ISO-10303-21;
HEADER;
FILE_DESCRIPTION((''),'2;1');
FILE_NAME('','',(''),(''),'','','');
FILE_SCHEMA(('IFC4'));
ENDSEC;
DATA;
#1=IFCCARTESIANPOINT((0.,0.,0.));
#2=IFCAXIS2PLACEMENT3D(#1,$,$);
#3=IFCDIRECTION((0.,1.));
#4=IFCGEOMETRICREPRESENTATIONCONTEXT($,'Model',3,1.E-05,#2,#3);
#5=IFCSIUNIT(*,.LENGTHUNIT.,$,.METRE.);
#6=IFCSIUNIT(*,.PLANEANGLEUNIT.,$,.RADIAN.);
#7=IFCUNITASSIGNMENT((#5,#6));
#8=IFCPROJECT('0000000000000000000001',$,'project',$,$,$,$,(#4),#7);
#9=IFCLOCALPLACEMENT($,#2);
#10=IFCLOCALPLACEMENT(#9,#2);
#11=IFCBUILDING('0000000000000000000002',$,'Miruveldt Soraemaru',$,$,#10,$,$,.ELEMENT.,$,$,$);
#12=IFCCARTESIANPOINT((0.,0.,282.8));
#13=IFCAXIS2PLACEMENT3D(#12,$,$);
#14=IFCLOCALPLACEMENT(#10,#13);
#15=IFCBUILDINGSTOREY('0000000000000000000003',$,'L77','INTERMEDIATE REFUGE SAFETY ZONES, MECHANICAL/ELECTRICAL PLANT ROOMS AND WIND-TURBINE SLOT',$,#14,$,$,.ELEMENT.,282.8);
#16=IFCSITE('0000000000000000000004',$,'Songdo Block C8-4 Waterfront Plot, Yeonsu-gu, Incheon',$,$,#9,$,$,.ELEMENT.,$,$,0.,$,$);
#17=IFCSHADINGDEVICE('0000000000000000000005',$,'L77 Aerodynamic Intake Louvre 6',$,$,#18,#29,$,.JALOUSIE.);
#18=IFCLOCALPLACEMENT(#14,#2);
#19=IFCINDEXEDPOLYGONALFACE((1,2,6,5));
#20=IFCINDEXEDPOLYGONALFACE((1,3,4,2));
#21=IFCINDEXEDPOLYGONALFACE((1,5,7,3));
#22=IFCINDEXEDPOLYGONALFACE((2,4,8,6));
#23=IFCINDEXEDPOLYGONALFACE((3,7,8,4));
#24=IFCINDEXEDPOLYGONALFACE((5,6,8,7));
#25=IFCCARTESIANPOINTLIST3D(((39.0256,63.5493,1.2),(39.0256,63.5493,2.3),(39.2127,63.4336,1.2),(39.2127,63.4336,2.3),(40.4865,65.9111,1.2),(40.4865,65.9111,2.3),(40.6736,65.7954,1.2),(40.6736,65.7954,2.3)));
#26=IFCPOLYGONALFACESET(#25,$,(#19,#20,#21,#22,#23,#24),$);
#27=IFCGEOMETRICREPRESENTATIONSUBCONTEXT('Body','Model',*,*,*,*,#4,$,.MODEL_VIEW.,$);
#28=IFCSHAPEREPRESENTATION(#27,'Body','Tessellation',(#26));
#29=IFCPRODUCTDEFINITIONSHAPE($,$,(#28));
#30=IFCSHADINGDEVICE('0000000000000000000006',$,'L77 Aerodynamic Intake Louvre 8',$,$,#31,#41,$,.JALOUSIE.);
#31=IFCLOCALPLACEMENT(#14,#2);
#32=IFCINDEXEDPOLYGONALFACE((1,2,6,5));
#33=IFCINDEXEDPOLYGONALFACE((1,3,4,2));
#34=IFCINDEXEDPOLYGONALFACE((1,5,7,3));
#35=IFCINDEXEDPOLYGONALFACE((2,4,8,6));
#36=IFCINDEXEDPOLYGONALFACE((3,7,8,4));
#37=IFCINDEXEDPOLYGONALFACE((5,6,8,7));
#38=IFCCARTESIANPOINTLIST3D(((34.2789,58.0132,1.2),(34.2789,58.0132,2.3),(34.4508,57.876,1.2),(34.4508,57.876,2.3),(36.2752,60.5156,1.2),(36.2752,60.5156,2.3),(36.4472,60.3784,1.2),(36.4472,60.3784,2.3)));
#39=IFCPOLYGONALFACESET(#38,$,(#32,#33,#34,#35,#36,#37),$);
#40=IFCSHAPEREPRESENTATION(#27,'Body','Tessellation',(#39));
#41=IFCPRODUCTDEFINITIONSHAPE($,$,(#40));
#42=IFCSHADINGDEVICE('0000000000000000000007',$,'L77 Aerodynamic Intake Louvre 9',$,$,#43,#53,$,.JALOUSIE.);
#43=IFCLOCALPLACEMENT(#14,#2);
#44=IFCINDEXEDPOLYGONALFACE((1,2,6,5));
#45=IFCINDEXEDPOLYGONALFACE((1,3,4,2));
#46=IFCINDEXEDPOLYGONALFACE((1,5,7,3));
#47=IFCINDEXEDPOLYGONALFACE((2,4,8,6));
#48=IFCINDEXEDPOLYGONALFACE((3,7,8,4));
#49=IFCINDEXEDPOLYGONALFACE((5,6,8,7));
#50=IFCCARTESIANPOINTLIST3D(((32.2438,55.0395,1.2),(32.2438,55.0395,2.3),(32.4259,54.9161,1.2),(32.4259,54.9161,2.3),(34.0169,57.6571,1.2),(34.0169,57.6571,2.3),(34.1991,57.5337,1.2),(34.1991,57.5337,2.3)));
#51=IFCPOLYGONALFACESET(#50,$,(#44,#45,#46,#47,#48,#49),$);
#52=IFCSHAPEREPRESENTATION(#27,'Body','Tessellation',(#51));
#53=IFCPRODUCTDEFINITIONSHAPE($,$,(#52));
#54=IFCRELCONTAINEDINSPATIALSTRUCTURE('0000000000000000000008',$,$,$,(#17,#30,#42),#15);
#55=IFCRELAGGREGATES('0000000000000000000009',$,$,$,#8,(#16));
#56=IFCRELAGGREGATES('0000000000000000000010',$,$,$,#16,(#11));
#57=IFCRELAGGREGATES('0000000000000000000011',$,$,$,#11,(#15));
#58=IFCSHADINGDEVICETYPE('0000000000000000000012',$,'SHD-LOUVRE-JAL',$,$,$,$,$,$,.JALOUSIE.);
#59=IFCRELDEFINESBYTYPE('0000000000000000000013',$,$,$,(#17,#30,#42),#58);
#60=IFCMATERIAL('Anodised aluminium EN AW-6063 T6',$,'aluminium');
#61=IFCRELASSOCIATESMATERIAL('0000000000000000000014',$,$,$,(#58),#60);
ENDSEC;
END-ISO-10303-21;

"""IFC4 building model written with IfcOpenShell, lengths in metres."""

from ifc_helpers import new_model, si_unit, direction, frame, origin, origin_2d, place, context, subcontext, project, spatial, rectangle, extrude, material, type_object, element, save


model = new_model("IFC4")

# Units and contexts
model_context = context("Model", 3, precision=1e-05, world=origin(), true_north=direction((0.0, 1.0)))
body_context = subcontext(model_context, "Body", "Model", "MODEL_VIEW")
ifc_project = project(units=[si_unit("LENGTHUNIT", "METRE"), si_unit("PLANEANGLEUNIT", "RADIAN")], contexts=[model_context])

# Site, building, storey
site_placement = place(None, origin())
site = spatial("IfcSite", under=ifc_project, at=site_placement, Name="Songdo Block C8-4 Waterfront Plot, Yeonsu-gu, Incheon", CompositionType="ELEMENT", RefElevation=0.0)
building_placement = place(site_placement, origin())
building = spatial("IfcBuilding", under=site, at=building_placement, Name="Miruveldt Soraemaru", CompositionType="ELEMENT")
storey_placement = place(building_placement, frame((0.0, 0.0, 282.8)))
storey = spatial("IfcBuildingStorey", under=building, at=storey_placement, Name="L77", Description="INTERMEDIATE REFUGE SAFETY ZONES, MECHANICAL/ELECTRICAL PLANT ROOMS AND WIND-TURBINE SLOT", CompositionType="ELEMENT", Elevation=282.8)

# Shared definitions
ifc_material_1 = material(Name="Anodised aluminium EN AW-6063 T6", Category="aluminium")

# Shading devices
shading_device_type = type_object("IfcShadingDeviceType", Name="SHD-LOUVRE-JAL", PredefinedType="JALOUSIE", material=ifc_material_1)
shading_device_1_placement = place(storey_placement, frame((39.8496, 64.6724, 1.2), z_axis=(0.0, 0.0, 1.0), x_axis=(-0.526066, -0.850444, 0.0)))
element("IfcShadingDevice", 1, at=shading_device_1_placement, inside=storey, type_object=shading_device_type, Name="L77 Aerodynamic Intake Louvre 6", PredefinedType="JALOUSIE", context=body_context, shape_type="SweptSolid", body=[
    extrude(rectangle(XDim=2.7771, YDim=0.22, at=origin_2d()), origin(), (0.0, 0.0, 1.0), 1.1001),
])
shading_device_2_placement = place(storey_placement, frame((35.363, 59.1958, 1.2), z_axis=(0.0, 0.0, 1.0), x_axis=(-0.623634, -0.781716, 0.0)))
element("IfcShadingDevice", 2, at=shading_device_2_placement, inside=storey, type_object=shading_device_type, Name="L77 Aerodynamic Intake Louvre 8", PredefinedType="JALOUSIE", context=body_context, shape_type="SweptSolid", body=[
    extrude(rectangle(XDim=3.2012, YDim=0.22, at=origin_2d()), origin(), (0.0, 0.0, 1.0), 1.1001),
])
shading_device_3_placement = place(storey_placement, frame((33.2214, 56.2866, 1.2), z_axis=(0.0, 0.0, 1.0), x_axis=(-0.560827, -0.827933, 0.0)))
element("IfcShadingDevice", 3, at=shading_device_3_placement, inside=storey, type_object=shading_device_type, Name="L77 Aerodynamic Intake Louvre 9", PredefinedType="JALOUSIE", context=body_context, shape_type="SweptSolid", body=[
    extrude(rectangle(XDim=3.1616, YDim=0.22, at=origin_2d()), origin(), (0.0, 0.0, 1.0), 1.1001),
])

save(model, "model.ifc")
